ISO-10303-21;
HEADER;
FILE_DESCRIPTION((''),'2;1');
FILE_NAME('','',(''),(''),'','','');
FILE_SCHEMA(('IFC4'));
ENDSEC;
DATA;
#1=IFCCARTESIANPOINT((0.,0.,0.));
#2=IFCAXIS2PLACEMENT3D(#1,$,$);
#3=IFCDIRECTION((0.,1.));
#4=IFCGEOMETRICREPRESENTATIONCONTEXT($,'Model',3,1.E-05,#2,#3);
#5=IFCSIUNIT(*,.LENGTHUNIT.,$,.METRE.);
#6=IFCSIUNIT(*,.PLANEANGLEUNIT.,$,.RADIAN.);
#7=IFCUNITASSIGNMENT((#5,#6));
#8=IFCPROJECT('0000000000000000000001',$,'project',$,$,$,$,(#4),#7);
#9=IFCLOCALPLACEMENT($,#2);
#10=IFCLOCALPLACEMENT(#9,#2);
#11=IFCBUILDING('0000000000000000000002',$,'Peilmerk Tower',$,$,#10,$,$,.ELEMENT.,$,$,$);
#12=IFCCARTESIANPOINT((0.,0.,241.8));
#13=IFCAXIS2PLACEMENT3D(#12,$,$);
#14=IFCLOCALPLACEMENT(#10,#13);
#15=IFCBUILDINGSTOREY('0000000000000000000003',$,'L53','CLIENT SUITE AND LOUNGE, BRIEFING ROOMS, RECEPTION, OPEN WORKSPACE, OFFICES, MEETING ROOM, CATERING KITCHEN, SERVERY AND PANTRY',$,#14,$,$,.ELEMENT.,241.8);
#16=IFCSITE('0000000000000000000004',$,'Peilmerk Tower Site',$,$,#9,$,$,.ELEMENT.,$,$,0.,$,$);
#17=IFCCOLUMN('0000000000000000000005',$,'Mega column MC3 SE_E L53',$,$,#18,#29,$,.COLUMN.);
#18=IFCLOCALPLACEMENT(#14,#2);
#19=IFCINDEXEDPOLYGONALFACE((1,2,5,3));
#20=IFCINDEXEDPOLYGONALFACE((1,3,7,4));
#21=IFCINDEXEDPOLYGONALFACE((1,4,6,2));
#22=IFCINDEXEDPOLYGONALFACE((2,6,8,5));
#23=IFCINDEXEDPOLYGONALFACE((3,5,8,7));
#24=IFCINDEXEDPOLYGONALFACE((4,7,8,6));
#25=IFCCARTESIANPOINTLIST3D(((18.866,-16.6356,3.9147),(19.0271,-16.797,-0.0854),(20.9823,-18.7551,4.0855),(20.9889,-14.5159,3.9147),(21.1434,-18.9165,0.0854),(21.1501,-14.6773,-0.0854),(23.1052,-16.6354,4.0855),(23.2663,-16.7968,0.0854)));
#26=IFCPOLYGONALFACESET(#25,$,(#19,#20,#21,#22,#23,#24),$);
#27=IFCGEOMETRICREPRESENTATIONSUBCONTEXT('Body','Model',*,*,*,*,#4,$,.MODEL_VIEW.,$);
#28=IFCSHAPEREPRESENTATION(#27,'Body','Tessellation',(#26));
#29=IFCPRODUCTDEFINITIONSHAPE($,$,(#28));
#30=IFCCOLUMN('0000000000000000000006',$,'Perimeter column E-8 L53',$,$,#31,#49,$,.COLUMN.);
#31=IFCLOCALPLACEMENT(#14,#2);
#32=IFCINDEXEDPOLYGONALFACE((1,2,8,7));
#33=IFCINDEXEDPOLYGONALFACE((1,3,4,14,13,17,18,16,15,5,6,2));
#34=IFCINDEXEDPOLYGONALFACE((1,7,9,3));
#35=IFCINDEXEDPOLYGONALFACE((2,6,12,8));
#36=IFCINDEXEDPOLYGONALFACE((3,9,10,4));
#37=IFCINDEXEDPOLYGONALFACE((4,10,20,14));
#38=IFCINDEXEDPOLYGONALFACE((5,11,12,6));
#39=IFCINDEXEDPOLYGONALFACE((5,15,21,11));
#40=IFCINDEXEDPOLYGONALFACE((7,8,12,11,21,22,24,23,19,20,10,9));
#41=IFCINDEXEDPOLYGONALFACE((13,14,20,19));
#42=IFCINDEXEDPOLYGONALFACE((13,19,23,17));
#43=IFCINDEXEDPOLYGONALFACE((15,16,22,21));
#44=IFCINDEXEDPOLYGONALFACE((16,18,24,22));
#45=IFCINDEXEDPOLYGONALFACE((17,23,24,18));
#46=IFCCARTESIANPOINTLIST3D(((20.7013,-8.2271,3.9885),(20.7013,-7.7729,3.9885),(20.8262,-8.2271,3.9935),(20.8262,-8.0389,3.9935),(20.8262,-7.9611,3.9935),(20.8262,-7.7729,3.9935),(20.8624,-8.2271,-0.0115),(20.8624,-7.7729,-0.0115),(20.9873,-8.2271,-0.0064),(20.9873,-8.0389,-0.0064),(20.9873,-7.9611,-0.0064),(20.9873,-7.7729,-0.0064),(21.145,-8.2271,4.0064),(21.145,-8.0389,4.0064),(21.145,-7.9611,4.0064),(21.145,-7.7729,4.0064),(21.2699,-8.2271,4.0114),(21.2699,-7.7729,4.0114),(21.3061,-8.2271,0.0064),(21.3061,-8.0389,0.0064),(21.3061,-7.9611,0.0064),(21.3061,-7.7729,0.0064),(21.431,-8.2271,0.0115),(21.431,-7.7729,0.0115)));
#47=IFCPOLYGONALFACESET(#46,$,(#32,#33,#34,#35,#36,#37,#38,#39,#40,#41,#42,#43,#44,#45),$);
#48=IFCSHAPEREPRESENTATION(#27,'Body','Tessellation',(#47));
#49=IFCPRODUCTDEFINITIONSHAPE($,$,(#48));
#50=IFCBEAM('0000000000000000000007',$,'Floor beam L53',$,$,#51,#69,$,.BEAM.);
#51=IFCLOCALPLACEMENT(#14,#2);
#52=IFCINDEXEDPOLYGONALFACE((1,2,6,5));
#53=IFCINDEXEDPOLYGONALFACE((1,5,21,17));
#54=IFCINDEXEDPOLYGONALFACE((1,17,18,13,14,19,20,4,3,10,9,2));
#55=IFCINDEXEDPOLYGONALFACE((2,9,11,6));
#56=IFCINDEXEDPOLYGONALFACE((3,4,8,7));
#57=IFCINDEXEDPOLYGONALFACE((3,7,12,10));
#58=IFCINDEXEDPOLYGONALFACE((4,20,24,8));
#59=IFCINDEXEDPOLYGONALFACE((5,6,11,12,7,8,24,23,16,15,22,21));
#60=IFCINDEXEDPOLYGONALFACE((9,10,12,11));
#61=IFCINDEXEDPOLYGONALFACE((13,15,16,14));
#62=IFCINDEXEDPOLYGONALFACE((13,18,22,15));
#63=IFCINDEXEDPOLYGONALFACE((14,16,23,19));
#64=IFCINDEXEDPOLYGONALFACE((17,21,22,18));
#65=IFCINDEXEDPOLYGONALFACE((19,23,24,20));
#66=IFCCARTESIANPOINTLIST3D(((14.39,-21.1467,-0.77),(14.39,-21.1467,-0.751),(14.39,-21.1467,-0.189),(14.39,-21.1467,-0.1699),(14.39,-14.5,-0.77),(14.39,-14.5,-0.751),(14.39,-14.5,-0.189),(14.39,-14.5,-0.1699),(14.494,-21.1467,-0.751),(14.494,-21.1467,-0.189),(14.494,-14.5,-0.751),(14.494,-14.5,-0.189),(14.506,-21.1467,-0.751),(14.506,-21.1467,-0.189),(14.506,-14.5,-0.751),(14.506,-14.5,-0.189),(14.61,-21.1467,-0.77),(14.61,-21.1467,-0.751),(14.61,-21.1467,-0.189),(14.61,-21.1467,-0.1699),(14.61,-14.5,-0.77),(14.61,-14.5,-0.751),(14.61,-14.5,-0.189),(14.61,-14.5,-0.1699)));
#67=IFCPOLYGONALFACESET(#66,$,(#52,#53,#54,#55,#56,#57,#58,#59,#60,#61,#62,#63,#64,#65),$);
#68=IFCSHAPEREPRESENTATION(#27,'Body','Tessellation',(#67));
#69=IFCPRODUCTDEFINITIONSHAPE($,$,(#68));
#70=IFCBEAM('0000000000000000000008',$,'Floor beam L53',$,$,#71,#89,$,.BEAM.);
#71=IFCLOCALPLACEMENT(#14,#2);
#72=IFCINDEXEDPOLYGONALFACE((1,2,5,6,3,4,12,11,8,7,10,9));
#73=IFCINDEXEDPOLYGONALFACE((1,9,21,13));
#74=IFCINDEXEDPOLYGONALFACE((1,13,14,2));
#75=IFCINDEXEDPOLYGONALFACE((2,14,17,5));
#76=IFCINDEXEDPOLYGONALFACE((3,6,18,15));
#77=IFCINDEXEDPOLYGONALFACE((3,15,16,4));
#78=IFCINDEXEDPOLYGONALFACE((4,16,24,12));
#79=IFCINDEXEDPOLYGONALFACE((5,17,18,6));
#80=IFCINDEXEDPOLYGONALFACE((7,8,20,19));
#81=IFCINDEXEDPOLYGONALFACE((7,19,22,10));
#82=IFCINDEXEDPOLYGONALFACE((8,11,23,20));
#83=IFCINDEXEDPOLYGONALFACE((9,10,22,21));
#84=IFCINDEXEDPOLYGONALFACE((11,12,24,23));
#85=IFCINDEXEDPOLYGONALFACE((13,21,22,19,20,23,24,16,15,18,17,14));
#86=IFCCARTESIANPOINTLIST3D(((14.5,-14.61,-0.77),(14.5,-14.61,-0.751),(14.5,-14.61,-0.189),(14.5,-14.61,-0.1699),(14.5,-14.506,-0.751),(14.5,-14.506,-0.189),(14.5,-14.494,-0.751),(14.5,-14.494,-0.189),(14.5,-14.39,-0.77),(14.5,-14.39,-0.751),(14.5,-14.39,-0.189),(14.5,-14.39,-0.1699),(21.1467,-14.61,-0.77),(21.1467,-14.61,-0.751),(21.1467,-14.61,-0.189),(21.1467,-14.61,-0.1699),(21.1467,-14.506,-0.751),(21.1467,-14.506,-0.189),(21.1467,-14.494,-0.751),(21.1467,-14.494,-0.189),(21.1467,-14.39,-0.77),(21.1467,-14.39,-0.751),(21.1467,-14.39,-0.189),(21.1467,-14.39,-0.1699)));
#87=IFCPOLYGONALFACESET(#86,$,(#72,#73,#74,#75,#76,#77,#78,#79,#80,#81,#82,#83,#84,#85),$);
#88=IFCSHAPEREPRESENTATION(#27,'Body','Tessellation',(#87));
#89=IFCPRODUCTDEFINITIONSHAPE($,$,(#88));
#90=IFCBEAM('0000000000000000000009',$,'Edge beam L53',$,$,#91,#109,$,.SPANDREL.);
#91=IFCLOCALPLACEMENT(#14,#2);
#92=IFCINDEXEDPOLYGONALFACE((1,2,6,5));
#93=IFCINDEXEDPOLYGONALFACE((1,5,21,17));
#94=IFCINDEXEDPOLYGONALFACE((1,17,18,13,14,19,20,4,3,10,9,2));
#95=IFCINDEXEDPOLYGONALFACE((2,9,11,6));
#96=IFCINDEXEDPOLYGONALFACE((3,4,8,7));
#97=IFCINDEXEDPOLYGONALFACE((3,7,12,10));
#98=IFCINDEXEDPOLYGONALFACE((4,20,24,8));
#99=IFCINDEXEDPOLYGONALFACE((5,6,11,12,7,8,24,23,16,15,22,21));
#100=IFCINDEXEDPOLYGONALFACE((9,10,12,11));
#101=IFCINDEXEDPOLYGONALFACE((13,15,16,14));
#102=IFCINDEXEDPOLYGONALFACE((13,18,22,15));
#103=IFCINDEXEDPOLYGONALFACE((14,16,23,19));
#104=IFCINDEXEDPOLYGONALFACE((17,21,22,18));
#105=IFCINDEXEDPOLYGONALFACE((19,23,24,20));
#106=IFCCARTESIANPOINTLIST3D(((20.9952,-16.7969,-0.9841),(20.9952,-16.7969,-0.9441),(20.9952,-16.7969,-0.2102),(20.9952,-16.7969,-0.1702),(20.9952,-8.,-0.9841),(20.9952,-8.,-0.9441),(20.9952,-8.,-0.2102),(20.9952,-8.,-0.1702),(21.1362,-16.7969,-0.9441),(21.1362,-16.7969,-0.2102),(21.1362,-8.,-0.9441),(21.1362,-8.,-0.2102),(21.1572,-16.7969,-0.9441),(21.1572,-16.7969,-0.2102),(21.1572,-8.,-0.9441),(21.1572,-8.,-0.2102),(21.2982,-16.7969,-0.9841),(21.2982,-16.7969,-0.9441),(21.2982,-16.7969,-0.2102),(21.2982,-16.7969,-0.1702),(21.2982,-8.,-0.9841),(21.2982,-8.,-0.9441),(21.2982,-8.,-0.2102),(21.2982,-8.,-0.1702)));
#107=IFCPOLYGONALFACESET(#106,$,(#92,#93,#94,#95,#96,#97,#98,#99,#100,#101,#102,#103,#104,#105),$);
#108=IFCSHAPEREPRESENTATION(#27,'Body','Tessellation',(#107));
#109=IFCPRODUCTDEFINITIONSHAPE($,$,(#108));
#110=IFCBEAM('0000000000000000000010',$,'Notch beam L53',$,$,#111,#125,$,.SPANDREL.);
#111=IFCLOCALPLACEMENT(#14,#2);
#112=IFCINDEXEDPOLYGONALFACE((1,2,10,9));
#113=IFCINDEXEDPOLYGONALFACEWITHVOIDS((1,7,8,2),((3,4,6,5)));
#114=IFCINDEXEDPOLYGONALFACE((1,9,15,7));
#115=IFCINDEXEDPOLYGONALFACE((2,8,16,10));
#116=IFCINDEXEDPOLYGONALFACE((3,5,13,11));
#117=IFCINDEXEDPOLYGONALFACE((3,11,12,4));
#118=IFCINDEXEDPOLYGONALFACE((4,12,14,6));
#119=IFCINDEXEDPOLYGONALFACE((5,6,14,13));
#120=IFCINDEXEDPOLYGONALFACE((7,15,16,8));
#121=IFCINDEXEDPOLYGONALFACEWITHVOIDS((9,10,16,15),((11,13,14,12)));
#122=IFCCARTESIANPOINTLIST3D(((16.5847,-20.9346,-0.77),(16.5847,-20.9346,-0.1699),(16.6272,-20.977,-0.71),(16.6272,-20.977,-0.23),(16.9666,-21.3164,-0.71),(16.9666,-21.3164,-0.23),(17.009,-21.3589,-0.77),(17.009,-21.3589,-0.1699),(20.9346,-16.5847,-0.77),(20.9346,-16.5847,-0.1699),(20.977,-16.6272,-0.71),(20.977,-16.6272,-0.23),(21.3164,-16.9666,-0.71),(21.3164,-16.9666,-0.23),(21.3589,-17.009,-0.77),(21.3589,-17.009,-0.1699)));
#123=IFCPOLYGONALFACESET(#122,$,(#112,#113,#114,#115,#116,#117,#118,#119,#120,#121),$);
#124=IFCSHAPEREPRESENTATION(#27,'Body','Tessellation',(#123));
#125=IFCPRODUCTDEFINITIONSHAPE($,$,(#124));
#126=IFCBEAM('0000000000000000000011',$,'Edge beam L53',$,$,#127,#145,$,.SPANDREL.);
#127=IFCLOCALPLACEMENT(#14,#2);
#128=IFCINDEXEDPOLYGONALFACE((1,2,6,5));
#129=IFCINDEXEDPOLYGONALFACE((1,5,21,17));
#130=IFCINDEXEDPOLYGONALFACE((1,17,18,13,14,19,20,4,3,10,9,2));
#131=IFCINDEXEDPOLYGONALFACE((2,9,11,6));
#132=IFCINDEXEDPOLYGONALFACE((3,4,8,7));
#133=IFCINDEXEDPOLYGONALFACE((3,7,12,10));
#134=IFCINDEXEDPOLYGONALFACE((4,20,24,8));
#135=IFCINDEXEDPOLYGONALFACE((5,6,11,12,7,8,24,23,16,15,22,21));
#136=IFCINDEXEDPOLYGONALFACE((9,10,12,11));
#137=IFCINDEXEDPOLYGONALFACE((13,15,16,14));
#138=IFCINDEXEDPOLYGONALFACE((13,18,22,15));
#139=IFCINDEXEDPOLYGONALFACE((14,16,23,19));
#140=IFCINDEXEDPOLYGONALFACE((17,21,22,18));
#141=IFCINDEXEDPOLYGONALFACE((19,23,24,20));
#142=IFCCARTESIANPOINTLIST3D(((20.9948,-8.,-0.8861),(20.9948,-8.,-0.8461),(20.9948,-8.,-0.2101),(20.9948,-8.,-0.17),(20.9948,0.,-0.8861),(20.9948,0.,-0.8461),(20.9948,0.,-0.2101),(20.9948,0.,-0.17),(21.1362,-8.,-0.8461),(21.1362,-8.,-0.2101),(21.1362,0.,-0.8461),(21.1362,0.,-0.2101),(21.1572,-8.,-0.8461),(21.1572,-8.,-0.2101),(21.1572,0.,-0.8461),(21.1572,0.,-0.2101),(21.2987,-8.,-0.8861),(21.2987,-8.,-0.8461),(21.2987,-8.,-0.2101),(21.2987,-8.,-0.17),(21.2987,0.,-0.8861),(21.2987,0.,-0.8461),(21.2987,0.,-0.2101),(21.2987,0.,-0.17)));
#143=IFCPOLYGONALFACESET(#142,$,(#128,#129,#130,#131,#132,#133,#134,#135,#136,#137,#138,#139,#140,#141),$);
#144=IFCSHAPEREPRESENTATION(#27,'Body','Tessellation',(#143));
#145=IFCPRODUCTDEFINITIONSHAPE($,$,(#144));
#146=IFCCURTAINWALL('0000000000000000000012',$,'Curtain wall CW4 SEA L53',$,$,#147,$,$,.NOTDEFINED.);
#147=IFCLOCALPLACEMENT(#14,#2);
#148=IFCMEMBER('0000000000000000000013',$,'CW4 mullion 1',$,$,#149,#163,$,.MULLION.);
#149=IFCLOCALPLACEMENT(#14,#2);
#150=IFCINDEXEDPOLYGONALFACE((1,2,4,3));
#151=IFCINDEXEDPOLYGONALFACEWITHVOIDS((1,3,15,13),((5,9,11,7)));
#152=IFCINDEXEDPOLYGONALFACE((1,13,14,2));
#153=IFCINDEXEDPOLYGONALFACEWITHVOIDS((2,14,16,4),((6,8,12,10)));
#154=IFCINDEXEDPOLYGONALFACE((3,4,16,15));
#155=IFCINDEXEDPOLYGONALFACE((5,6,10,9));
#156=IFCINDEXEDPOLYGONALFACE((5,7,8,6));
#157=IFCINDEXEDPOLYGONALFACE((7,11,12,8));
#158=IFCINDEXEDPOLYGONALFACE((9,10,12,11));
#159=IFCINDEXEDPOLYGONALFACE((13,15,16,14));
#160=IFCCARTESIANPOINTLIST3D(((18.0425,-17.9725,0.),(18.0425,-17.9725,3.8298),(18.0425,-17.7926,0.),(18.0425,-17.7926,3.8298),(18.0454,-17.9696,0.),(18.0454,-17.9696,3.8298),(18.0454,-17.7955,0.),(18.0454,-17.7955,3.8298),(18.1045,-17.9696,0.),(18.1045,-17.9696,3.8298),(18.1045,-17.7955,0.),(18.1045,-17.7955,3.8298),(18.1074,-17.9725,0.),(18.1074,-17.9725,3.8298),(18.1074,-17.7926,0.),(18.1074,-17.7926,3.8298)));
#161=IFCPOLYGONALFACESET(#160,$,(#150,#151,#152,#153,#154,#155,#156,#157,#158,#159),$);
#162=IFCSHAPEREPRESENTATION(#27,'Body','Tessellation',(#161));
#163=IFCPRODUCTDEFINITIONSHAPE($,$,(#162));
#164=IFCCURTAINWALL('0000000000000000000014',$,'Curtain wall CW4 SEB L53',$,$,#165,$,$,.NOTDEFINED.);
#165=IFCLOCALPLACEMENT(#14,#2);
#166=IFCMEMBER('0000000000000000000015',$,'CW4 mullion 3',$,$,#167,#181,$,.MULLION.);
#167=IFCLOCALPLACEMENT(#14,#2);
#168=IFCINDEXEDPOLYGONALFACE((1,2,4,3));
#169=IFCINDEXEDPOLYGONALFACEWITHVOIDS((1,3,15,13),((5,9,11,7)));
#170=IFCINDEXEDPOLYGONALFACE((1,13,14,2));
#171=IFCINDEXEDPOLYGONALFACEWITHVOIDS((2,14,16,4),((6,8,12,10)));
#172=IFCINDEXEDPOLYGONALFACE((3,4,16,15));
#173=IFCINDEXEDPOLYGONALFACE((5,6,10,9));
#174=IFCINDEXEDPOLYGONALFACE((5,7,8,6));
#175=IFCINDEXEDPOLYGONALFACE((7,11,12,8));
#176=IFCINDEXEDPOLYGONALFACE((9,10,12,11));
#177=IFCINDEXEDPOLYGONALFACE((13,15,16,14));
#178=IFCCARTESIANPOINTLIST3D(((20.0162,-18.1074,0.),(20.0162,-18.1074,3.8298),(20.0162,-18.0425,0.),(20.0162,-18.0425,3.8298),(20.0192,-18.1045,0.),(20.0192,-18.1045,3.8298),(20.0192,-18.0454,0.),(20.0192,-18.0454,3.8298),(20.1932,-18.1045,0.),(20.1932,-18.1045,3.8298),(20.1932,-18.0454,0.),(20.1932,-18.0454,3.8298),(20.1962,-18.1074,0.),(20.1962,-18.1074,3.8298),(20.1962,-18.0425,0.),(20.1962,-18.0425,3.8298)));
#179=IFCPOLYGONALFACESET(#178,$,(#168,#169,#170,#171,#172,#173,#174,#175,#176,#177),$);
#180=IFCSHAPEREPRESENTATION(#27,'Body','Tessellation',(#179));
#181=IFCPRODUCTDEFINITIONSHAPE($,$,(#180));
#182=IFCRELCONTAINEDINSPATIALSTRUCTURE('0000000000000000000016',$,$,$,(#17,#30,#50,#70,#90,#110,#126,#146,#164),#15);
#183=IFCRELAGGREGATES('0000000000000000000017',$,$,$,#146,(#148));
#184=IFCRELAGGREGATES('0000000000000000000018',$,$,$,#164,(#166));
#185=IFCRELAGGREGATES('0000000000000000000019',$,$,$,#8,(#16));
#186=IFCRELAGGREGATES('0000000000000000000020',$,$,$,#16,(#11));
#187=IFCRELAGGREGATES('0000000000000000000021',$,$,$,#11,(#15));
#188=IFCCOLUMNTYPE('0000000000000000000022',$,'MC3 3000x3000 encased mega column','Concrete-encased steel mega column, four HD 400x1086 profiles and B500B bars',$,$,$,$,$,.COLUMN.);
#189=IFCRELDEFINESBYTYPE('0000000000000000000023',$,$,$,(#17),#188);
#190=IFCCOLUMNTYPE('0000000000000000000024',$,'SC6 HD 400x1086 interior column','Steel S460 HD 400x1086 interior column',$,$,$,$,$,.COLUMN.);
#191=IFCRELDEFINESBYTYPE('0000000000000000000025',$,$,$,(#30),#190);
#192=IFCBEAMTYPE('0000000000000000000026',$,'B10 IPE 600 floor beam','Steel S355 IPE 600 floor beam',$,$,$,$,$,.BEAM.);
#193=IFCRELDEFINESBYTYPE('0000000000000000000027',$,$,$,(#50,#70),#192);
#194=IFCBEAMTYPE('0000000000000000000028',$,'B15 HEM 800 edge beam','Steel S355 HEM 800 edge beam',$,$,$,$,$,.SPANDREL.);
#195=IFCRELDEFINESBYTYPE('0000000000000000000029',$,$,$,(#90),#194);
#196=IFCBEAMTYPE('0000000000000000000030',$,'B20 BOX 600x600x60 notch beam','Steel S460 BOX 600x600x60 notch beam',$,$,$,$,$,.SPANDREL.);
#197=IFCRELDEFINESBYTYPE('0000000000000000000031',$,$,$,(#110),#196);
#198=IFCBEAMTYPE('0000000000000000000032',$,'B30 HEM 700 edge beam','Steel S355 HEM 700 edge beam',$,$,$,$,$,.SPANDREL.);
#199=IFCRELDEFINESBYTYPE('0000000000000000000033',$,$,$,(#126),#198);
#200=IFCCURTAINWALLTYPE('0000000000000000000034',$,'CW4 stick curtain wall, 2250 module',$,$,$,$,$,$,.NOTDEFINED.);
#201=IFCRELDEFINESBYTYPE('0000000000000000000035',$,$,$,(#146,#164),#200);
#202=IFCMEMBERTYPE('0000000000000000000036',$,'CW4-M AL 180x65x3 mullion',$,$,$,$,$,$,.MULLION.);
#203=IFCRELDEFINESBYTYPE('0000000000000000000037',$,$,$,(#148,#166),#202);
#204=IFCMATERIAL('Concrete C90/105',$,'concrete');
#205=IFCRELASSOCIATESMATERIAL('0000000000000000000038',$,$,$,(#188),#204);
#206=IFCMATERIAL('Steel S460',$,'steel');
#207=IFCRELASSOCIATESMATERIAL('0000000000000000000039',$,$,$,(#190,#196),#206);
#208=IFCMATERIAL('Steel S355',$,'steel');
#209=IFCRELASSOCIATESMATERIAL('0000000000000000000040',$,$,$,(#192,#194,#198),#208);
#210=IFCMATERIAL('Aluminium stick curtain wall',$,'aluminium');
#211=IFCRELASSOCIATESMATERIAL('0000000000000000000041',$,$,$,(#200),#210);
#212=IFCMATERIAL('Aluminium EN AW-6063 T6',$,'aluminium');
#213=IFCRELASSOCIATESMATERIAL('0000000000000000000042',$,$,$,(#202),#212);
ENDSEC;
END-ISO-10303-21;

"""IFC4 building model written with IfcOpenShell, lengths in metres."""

from ifc_helpers import new_model, si_unit, direction, frame, origin, origin_2d, place, context, subcontext, project, spatial, rectangle, hollow_rectangle, i_section, extrude, material, material_profile, profile_set, type_object, element, aggregate, save


model = new_model("IFC4")

# Units and contexts
model_context = context("Model", 3, precision=1e-05, world=origin(), true_north=direction((0.0, 1.0)))
body_context = subcontext(model_context, "Body", "Model", "MODEL_VIEW")
ifc_project = project(units=[si_unit("LENGTHUNIT", "METRE"), si_unit("PLANEANGLEUNIT", "RADIAN")], contexts=[model_context])

# Site, building, storey
site_placement = place(None, origin())
site = spatial("IfcSite", under=ifc_project, at=site_placement, Name="Peilmerk Tower Site", CompositionType="ELEMENT", RefElevation=0.0)
building_placement = place(site_placement, origin())
building = spatial("IfcBuilding", under=site, at=building_placement, Name="Peilmerk Tower", CompositionType="ELEMENT")
storey_placement = place(building_placement, frame((0.0, 0.0, 241.8)))
storey = spatial("IfcBuildingStorey", under=building, at=storey_placement, Name="L53", Description="CLIENT SUITE AND LOUNGE, BRIEFING ROOMS, RECEPTION, OPEN WORKSPACE, OFFICES, MEETING ROOM, CATERING KITCHEN, SERVERY AND PANTRY", CompositionType="ELEMENT", Elevation=241.8)

# Columns
ifc_material_1 = material(Name="Concrete C90/105", Category="concrete")
ifc_material_profile_1 = material_profile(ifc_material_1, rectangle(XDim=3.0, YDim=3.0, at=origin_2d()), Name="RC 3000x3000")
ifc_profile_set_1 = profile_set([ifc_material_profile_1], Name="Concrete C90/105")
column_type_1 = type_object("IfcColumnType", Name="MC3 3000x3000 encased mega column", Description="Concrete-encased steel mega column, four HD 400x1086 profiles and B500B bars", PredefinedType="COLUMN", material=ifc_profile_set_1)
column_1_placement = place(storey_placement, frame((21.1467, -16.7969, 0.0), z_axis=(-0.040218, 0.040279, 0.998379), x_axis=(-0.707642, -0.706571, 0.0)))
element("IfcColumn", 1, at=column_1_placement, inside=storey, type_object=column_type_1, Name="Mega column MC3 SE_E L53", PredefinedType="COLUMN", context=body_context, shape_type="SweptSolid", body=[
    extrude(rectangle(XDim=3.0, YDim=3.0, at=origin_2d()), origin(), (0.0, 0.0, 1.0), 4.0066),
])
ifc_material_2 = material(Name="Steel S460", Category="steel")
ifc_material_profile_2 = material_profile(ifc_material_2, i_section(OverallWidth=0.4541, OverallDepth=0.5691, WebThickness=0.0779, FlangeThickness=0.125, at=origin_2d()), Name="HD 400x1086")
ifc_profile_set_2 = profile_set([ifc_material_profile_2], Name="Steel S460")
column_type_2 = type_object("IfcColumnType", Name="SC6 HD 400x1086 interior column", Description="Steel S460 HD 400x1086 interior column", PredefinedType="COLUMN", material=ifc_profile_set_2)
column_2_placement = place(storey_placement, frame((21.1467, -8.0, 0.0), z_axis=(-0.040251, 0.0, 0.99919), x_axis=(0.0, -1.0, 0.0)))
element("IfcColumn", 2, at=column_2_placement, inside=storey, type_object=column_type_2, Name="Perimeter column E-8 L53", PredefinedType="COLUMN", context=body_context, shape_type="SweptSolid", body=[
    extrude(i_section(OverallWidth=0.4541, OverallDepth=0.5691, WebThickness=0.0779, FlangeThickness=0.125, at=origin_2d()), origin(), (0.0, 0.0, 1.0), 4.0032),
])

# Beams
ifc_material_3 = material(Name="Steel S355", Category="steel")
ifc_material_profile_3 = material_profile(ifc_material_3, i_section(OverallWidth=0.22, OverallDepth=0.6001, WebThickness=0.012, FlangeThickness=0.019, at=origin_2d()), Name="IPE 600")
ifc_profile_set_3 = profile_set([ifc_material_profile_3], Name="Steel S355")
beam_type_1 = type_object("IfcBeamType", Name="B10 IPE 600 floor beam", Description="Steel S355 IPE 600 floor beam", PredefinedType="BEAM", material=ifc_profile_set_3)
for number, where, z_axis, x_axis, name in (
    (3, (14.5, -14.5, -0.47), (0.0, -1.0, 0.0), (1.0, 0.0, 0.0), "Floor beam L53"),
    (4, (14.5, -14.5, -0.47), (1.0, 0.0, 0.0), (0.0, 1.0, 0.0), "Floor beam L53"),
):
    element("IfcBeam", number, at=place(storey_placement, frame(where, z_axis=z_axis, x_axis=x_axis)), inside=storey, type_object=beam_type_1, Name=name, PredefinedType="BEAM", context=body_context, shape_type="SweptSolid", body=[
        extrude(i_section(OverallWidth=0.22, OverallDepth=0.6001, WebThickness=0.012, FlangeThickness=0.019, at=origin_2d()), origin(), (0.0, 0.0, 1.0), 6.6467),
    ])
ifc_material_profile_4 = material_profile(ifc_material_3, i_section(OverallWidth=0.303, OverallDepth=0.814, WebThickness=0.021, FlangeThickness=0.04, at=origin_2d()), Name="HEM 800")
ifc_profile_set_4 = profile_set([ifc_material_profile_4], Name="Steel S355")
beam_type_2 = type_object("IfcBeamType", Name="B15 HEM 800 edge beam", Description="Steel S355 HEM 800 edge beam", PredefinedType="SPANDREL", material=ifc_profile_set_4)
beam_1_placement = place(storey_placement, frame((21.1467, -16.7969, -0.5771), z_axis=(0.0, 1.0, 0.0), x_axis=(-1.0, 0.0, 0.0)))
element("IfcBeam", 5, at=beam_1_placement, inside=storey, type_object=beam_type_2, Name="Edge beam L53", PredefinedType="SPANDREL", context=body_context, shape_type="SweptSolid", body=[
    extrude(i_section(OverallWidth=0.303, OverallDepth=0.814, WebThickness=0.021, FlangeThickness=0.04, at=origin_2d()), origin(), (0.0, 0.0, 1.0), 8.7969),
])
ifc_material_profile_5 = material_profile(ifc_material_2, hollow_rectangle(XDim=0.6001, YDim=0.6001, WallThickness=0.0601, at=origin_2d()), Name="BOX 600x600x60")
ifc_profile_set_5 = profile_set([ifc_material_profile_5], Name="Steel S460")
beam_type_3 = type_object("IfcBeamType", Name="B20 BOX 600x600x60 notch beam", Description="Steel S460 BOX 600x600x60 notch beam", PredefinedType="SPANDREL", material=ifc_profile_set_5)
beam_2_placement = place(storey_placement, frame((21.1467, -16.7969, -0.47), z_axis=(-0.707107, -0.707107, 0.0), x_axis=(0.707107, -0.707107, 0.0)))
element("IfcBeam", 6, at=beam_2_placement, inside=storey, type_object=beam_type_3, Name="Notch beam L53", PredefinedType="SPANDREL", context=body_context, shape_type="SweptSolid", body=[
    extrude(hollow_rectangle(XDim=0.6001, YDim=0.6001, WallThickness=0.0601, at=origin_2d()), origin(), (0.0, 0.0, 1.0), 6.1516),
])
ifc_material_profile_6 = material_profile(ifc_material_3, i_section(OverallWidth=0.304, OverallDepth=0.7161, WebThickness=0.021, FlangeThickness=0.04, at=origin_2d()), Name="HEM 700")
ifc_profile_set_6 = profile_set([ifc_material_profile_6], Name="Steel S355")
beam_type_4 = type_object("IfcBeamType", Name="B30 HEM 700 edge beam", Description="Steel S355 HEM 700 edge beam", PredefinedType="SPANDREL", material=ifc_profile_set_6)
beam_3_placement = place(storey_placement, frame((21.1467, -8.0, -0.5281), z_axis=(0.0, 1.0, 0.0), x_axis=(-1.0, 0.0, 0.0)))
element("IfcBeam", 7, at=beam_3_placement, inside=storey, type_object=beam_type_4, Name="Edge beam L53", PredefinedType="SPANDREL", context=body_context, shape_type="SweptSolid", body=[
    extrude(i_section(OverallWidth=0.304, OverallDepth=0.7161, WebThickness=0.021, FlangeThickness=0.04, at=origin_2d()), origin(), (0.0, 0.0, 1.0), 8.0),
])

# Curtain walls, members
ifc_material_4 = material(Name="Aluminium stick curtain wall", Category="aluminium")
curtain_wall_type = type_object("IfcCurtainWallType", Name="CW4 stick curtain wall, 2250 module", PredefinedType="NOTDEFINED", material=ifc_material_4)
curtain_wall_1_placement = place(storey_placement, origin())
curtain_wall_1 = element("IfcCurtainWall", 8, at=curtain_wall_1_placement, inside=storey, type_object=curtain_wall_type, Name="Curtain wall CW4 SEA L53", PredefinedType="NOTDEFINED")
ifc_material_5 = material(Name="Aluminium EN AW-6063 T6", Category="aluminium")
ifc_material_profile_7 = material_profile(ifc_material_5, hollow_rectangle(XDim=0.0649, YDim=0.1799, WallThickness=0.0029, at=origin_2d()), Name="AL 180x65x3")
ifc_profile_set_7 = profile_set([ifc_material_profile_7], Name="Aluminium EN AW-6063 T6")
member_type_1 = type_object("IfcMemberType", Name="CW4-M AL 180x65x3 mullion", PredefinedType="MULLION", material=ifc_profile_set_7)
member_1_placement = place(storey_placement, frame((18.075, -17.8826, 0.0), z_axis=(0.0, 0.0, 1.0), x_axis=(1.0, 0.0, 0.0)))
member_1 = element("IfcMember", 9, at=member_1_placement, type_object=member_type_1, Name="CW4 mullion 1", PredefinedType="MULLION", context=body_context, shape_type="SweptSolid", body=[
    extrude(hollow_rectangle(XDim=0.0649, YDim=0.1799, WallThickness=0.0029, at=origin_2d()), origin(), (0.0, 0.0, 1.0), 3.8298),
])
curtain_wall_2_placement = place(storey_placement, origin())
curtain_wall_2 = element("IfcCurtainWall", 10, at=curtain_wall_2_placement, inside=storey, type_object=curtain_wall_type, Name="Curtain wall CW4 SEB L53", PredefinedType="NOTDEFINED")
member_2_placement = place(storey_placement, frame((20.1062, -18.075, 0.0), z_axis=(0.0, 0.0, 1.0), x_axis=(0.0, 1.0, 0.0)))
member_2 = element("IfcMember", 11, at=member_2_placement, type_object=member_type_1, Name="CW4 mullion 3", PredefinedType="MULLION", context=body_context, shape_type="SweptSolid", body=[
    extrude(hollow_rectangle(XDim=0.0649, YDim=0.1799, WallThickness=0.0029, at=origin_2d()), origin(), (0.0, 0.0, 1.0), 3.8298),
])

aggregate(curtain_wall_1, [member_1])

aggregate(curtain_wall_2, [member_2])

save(model, "model.ifc")
